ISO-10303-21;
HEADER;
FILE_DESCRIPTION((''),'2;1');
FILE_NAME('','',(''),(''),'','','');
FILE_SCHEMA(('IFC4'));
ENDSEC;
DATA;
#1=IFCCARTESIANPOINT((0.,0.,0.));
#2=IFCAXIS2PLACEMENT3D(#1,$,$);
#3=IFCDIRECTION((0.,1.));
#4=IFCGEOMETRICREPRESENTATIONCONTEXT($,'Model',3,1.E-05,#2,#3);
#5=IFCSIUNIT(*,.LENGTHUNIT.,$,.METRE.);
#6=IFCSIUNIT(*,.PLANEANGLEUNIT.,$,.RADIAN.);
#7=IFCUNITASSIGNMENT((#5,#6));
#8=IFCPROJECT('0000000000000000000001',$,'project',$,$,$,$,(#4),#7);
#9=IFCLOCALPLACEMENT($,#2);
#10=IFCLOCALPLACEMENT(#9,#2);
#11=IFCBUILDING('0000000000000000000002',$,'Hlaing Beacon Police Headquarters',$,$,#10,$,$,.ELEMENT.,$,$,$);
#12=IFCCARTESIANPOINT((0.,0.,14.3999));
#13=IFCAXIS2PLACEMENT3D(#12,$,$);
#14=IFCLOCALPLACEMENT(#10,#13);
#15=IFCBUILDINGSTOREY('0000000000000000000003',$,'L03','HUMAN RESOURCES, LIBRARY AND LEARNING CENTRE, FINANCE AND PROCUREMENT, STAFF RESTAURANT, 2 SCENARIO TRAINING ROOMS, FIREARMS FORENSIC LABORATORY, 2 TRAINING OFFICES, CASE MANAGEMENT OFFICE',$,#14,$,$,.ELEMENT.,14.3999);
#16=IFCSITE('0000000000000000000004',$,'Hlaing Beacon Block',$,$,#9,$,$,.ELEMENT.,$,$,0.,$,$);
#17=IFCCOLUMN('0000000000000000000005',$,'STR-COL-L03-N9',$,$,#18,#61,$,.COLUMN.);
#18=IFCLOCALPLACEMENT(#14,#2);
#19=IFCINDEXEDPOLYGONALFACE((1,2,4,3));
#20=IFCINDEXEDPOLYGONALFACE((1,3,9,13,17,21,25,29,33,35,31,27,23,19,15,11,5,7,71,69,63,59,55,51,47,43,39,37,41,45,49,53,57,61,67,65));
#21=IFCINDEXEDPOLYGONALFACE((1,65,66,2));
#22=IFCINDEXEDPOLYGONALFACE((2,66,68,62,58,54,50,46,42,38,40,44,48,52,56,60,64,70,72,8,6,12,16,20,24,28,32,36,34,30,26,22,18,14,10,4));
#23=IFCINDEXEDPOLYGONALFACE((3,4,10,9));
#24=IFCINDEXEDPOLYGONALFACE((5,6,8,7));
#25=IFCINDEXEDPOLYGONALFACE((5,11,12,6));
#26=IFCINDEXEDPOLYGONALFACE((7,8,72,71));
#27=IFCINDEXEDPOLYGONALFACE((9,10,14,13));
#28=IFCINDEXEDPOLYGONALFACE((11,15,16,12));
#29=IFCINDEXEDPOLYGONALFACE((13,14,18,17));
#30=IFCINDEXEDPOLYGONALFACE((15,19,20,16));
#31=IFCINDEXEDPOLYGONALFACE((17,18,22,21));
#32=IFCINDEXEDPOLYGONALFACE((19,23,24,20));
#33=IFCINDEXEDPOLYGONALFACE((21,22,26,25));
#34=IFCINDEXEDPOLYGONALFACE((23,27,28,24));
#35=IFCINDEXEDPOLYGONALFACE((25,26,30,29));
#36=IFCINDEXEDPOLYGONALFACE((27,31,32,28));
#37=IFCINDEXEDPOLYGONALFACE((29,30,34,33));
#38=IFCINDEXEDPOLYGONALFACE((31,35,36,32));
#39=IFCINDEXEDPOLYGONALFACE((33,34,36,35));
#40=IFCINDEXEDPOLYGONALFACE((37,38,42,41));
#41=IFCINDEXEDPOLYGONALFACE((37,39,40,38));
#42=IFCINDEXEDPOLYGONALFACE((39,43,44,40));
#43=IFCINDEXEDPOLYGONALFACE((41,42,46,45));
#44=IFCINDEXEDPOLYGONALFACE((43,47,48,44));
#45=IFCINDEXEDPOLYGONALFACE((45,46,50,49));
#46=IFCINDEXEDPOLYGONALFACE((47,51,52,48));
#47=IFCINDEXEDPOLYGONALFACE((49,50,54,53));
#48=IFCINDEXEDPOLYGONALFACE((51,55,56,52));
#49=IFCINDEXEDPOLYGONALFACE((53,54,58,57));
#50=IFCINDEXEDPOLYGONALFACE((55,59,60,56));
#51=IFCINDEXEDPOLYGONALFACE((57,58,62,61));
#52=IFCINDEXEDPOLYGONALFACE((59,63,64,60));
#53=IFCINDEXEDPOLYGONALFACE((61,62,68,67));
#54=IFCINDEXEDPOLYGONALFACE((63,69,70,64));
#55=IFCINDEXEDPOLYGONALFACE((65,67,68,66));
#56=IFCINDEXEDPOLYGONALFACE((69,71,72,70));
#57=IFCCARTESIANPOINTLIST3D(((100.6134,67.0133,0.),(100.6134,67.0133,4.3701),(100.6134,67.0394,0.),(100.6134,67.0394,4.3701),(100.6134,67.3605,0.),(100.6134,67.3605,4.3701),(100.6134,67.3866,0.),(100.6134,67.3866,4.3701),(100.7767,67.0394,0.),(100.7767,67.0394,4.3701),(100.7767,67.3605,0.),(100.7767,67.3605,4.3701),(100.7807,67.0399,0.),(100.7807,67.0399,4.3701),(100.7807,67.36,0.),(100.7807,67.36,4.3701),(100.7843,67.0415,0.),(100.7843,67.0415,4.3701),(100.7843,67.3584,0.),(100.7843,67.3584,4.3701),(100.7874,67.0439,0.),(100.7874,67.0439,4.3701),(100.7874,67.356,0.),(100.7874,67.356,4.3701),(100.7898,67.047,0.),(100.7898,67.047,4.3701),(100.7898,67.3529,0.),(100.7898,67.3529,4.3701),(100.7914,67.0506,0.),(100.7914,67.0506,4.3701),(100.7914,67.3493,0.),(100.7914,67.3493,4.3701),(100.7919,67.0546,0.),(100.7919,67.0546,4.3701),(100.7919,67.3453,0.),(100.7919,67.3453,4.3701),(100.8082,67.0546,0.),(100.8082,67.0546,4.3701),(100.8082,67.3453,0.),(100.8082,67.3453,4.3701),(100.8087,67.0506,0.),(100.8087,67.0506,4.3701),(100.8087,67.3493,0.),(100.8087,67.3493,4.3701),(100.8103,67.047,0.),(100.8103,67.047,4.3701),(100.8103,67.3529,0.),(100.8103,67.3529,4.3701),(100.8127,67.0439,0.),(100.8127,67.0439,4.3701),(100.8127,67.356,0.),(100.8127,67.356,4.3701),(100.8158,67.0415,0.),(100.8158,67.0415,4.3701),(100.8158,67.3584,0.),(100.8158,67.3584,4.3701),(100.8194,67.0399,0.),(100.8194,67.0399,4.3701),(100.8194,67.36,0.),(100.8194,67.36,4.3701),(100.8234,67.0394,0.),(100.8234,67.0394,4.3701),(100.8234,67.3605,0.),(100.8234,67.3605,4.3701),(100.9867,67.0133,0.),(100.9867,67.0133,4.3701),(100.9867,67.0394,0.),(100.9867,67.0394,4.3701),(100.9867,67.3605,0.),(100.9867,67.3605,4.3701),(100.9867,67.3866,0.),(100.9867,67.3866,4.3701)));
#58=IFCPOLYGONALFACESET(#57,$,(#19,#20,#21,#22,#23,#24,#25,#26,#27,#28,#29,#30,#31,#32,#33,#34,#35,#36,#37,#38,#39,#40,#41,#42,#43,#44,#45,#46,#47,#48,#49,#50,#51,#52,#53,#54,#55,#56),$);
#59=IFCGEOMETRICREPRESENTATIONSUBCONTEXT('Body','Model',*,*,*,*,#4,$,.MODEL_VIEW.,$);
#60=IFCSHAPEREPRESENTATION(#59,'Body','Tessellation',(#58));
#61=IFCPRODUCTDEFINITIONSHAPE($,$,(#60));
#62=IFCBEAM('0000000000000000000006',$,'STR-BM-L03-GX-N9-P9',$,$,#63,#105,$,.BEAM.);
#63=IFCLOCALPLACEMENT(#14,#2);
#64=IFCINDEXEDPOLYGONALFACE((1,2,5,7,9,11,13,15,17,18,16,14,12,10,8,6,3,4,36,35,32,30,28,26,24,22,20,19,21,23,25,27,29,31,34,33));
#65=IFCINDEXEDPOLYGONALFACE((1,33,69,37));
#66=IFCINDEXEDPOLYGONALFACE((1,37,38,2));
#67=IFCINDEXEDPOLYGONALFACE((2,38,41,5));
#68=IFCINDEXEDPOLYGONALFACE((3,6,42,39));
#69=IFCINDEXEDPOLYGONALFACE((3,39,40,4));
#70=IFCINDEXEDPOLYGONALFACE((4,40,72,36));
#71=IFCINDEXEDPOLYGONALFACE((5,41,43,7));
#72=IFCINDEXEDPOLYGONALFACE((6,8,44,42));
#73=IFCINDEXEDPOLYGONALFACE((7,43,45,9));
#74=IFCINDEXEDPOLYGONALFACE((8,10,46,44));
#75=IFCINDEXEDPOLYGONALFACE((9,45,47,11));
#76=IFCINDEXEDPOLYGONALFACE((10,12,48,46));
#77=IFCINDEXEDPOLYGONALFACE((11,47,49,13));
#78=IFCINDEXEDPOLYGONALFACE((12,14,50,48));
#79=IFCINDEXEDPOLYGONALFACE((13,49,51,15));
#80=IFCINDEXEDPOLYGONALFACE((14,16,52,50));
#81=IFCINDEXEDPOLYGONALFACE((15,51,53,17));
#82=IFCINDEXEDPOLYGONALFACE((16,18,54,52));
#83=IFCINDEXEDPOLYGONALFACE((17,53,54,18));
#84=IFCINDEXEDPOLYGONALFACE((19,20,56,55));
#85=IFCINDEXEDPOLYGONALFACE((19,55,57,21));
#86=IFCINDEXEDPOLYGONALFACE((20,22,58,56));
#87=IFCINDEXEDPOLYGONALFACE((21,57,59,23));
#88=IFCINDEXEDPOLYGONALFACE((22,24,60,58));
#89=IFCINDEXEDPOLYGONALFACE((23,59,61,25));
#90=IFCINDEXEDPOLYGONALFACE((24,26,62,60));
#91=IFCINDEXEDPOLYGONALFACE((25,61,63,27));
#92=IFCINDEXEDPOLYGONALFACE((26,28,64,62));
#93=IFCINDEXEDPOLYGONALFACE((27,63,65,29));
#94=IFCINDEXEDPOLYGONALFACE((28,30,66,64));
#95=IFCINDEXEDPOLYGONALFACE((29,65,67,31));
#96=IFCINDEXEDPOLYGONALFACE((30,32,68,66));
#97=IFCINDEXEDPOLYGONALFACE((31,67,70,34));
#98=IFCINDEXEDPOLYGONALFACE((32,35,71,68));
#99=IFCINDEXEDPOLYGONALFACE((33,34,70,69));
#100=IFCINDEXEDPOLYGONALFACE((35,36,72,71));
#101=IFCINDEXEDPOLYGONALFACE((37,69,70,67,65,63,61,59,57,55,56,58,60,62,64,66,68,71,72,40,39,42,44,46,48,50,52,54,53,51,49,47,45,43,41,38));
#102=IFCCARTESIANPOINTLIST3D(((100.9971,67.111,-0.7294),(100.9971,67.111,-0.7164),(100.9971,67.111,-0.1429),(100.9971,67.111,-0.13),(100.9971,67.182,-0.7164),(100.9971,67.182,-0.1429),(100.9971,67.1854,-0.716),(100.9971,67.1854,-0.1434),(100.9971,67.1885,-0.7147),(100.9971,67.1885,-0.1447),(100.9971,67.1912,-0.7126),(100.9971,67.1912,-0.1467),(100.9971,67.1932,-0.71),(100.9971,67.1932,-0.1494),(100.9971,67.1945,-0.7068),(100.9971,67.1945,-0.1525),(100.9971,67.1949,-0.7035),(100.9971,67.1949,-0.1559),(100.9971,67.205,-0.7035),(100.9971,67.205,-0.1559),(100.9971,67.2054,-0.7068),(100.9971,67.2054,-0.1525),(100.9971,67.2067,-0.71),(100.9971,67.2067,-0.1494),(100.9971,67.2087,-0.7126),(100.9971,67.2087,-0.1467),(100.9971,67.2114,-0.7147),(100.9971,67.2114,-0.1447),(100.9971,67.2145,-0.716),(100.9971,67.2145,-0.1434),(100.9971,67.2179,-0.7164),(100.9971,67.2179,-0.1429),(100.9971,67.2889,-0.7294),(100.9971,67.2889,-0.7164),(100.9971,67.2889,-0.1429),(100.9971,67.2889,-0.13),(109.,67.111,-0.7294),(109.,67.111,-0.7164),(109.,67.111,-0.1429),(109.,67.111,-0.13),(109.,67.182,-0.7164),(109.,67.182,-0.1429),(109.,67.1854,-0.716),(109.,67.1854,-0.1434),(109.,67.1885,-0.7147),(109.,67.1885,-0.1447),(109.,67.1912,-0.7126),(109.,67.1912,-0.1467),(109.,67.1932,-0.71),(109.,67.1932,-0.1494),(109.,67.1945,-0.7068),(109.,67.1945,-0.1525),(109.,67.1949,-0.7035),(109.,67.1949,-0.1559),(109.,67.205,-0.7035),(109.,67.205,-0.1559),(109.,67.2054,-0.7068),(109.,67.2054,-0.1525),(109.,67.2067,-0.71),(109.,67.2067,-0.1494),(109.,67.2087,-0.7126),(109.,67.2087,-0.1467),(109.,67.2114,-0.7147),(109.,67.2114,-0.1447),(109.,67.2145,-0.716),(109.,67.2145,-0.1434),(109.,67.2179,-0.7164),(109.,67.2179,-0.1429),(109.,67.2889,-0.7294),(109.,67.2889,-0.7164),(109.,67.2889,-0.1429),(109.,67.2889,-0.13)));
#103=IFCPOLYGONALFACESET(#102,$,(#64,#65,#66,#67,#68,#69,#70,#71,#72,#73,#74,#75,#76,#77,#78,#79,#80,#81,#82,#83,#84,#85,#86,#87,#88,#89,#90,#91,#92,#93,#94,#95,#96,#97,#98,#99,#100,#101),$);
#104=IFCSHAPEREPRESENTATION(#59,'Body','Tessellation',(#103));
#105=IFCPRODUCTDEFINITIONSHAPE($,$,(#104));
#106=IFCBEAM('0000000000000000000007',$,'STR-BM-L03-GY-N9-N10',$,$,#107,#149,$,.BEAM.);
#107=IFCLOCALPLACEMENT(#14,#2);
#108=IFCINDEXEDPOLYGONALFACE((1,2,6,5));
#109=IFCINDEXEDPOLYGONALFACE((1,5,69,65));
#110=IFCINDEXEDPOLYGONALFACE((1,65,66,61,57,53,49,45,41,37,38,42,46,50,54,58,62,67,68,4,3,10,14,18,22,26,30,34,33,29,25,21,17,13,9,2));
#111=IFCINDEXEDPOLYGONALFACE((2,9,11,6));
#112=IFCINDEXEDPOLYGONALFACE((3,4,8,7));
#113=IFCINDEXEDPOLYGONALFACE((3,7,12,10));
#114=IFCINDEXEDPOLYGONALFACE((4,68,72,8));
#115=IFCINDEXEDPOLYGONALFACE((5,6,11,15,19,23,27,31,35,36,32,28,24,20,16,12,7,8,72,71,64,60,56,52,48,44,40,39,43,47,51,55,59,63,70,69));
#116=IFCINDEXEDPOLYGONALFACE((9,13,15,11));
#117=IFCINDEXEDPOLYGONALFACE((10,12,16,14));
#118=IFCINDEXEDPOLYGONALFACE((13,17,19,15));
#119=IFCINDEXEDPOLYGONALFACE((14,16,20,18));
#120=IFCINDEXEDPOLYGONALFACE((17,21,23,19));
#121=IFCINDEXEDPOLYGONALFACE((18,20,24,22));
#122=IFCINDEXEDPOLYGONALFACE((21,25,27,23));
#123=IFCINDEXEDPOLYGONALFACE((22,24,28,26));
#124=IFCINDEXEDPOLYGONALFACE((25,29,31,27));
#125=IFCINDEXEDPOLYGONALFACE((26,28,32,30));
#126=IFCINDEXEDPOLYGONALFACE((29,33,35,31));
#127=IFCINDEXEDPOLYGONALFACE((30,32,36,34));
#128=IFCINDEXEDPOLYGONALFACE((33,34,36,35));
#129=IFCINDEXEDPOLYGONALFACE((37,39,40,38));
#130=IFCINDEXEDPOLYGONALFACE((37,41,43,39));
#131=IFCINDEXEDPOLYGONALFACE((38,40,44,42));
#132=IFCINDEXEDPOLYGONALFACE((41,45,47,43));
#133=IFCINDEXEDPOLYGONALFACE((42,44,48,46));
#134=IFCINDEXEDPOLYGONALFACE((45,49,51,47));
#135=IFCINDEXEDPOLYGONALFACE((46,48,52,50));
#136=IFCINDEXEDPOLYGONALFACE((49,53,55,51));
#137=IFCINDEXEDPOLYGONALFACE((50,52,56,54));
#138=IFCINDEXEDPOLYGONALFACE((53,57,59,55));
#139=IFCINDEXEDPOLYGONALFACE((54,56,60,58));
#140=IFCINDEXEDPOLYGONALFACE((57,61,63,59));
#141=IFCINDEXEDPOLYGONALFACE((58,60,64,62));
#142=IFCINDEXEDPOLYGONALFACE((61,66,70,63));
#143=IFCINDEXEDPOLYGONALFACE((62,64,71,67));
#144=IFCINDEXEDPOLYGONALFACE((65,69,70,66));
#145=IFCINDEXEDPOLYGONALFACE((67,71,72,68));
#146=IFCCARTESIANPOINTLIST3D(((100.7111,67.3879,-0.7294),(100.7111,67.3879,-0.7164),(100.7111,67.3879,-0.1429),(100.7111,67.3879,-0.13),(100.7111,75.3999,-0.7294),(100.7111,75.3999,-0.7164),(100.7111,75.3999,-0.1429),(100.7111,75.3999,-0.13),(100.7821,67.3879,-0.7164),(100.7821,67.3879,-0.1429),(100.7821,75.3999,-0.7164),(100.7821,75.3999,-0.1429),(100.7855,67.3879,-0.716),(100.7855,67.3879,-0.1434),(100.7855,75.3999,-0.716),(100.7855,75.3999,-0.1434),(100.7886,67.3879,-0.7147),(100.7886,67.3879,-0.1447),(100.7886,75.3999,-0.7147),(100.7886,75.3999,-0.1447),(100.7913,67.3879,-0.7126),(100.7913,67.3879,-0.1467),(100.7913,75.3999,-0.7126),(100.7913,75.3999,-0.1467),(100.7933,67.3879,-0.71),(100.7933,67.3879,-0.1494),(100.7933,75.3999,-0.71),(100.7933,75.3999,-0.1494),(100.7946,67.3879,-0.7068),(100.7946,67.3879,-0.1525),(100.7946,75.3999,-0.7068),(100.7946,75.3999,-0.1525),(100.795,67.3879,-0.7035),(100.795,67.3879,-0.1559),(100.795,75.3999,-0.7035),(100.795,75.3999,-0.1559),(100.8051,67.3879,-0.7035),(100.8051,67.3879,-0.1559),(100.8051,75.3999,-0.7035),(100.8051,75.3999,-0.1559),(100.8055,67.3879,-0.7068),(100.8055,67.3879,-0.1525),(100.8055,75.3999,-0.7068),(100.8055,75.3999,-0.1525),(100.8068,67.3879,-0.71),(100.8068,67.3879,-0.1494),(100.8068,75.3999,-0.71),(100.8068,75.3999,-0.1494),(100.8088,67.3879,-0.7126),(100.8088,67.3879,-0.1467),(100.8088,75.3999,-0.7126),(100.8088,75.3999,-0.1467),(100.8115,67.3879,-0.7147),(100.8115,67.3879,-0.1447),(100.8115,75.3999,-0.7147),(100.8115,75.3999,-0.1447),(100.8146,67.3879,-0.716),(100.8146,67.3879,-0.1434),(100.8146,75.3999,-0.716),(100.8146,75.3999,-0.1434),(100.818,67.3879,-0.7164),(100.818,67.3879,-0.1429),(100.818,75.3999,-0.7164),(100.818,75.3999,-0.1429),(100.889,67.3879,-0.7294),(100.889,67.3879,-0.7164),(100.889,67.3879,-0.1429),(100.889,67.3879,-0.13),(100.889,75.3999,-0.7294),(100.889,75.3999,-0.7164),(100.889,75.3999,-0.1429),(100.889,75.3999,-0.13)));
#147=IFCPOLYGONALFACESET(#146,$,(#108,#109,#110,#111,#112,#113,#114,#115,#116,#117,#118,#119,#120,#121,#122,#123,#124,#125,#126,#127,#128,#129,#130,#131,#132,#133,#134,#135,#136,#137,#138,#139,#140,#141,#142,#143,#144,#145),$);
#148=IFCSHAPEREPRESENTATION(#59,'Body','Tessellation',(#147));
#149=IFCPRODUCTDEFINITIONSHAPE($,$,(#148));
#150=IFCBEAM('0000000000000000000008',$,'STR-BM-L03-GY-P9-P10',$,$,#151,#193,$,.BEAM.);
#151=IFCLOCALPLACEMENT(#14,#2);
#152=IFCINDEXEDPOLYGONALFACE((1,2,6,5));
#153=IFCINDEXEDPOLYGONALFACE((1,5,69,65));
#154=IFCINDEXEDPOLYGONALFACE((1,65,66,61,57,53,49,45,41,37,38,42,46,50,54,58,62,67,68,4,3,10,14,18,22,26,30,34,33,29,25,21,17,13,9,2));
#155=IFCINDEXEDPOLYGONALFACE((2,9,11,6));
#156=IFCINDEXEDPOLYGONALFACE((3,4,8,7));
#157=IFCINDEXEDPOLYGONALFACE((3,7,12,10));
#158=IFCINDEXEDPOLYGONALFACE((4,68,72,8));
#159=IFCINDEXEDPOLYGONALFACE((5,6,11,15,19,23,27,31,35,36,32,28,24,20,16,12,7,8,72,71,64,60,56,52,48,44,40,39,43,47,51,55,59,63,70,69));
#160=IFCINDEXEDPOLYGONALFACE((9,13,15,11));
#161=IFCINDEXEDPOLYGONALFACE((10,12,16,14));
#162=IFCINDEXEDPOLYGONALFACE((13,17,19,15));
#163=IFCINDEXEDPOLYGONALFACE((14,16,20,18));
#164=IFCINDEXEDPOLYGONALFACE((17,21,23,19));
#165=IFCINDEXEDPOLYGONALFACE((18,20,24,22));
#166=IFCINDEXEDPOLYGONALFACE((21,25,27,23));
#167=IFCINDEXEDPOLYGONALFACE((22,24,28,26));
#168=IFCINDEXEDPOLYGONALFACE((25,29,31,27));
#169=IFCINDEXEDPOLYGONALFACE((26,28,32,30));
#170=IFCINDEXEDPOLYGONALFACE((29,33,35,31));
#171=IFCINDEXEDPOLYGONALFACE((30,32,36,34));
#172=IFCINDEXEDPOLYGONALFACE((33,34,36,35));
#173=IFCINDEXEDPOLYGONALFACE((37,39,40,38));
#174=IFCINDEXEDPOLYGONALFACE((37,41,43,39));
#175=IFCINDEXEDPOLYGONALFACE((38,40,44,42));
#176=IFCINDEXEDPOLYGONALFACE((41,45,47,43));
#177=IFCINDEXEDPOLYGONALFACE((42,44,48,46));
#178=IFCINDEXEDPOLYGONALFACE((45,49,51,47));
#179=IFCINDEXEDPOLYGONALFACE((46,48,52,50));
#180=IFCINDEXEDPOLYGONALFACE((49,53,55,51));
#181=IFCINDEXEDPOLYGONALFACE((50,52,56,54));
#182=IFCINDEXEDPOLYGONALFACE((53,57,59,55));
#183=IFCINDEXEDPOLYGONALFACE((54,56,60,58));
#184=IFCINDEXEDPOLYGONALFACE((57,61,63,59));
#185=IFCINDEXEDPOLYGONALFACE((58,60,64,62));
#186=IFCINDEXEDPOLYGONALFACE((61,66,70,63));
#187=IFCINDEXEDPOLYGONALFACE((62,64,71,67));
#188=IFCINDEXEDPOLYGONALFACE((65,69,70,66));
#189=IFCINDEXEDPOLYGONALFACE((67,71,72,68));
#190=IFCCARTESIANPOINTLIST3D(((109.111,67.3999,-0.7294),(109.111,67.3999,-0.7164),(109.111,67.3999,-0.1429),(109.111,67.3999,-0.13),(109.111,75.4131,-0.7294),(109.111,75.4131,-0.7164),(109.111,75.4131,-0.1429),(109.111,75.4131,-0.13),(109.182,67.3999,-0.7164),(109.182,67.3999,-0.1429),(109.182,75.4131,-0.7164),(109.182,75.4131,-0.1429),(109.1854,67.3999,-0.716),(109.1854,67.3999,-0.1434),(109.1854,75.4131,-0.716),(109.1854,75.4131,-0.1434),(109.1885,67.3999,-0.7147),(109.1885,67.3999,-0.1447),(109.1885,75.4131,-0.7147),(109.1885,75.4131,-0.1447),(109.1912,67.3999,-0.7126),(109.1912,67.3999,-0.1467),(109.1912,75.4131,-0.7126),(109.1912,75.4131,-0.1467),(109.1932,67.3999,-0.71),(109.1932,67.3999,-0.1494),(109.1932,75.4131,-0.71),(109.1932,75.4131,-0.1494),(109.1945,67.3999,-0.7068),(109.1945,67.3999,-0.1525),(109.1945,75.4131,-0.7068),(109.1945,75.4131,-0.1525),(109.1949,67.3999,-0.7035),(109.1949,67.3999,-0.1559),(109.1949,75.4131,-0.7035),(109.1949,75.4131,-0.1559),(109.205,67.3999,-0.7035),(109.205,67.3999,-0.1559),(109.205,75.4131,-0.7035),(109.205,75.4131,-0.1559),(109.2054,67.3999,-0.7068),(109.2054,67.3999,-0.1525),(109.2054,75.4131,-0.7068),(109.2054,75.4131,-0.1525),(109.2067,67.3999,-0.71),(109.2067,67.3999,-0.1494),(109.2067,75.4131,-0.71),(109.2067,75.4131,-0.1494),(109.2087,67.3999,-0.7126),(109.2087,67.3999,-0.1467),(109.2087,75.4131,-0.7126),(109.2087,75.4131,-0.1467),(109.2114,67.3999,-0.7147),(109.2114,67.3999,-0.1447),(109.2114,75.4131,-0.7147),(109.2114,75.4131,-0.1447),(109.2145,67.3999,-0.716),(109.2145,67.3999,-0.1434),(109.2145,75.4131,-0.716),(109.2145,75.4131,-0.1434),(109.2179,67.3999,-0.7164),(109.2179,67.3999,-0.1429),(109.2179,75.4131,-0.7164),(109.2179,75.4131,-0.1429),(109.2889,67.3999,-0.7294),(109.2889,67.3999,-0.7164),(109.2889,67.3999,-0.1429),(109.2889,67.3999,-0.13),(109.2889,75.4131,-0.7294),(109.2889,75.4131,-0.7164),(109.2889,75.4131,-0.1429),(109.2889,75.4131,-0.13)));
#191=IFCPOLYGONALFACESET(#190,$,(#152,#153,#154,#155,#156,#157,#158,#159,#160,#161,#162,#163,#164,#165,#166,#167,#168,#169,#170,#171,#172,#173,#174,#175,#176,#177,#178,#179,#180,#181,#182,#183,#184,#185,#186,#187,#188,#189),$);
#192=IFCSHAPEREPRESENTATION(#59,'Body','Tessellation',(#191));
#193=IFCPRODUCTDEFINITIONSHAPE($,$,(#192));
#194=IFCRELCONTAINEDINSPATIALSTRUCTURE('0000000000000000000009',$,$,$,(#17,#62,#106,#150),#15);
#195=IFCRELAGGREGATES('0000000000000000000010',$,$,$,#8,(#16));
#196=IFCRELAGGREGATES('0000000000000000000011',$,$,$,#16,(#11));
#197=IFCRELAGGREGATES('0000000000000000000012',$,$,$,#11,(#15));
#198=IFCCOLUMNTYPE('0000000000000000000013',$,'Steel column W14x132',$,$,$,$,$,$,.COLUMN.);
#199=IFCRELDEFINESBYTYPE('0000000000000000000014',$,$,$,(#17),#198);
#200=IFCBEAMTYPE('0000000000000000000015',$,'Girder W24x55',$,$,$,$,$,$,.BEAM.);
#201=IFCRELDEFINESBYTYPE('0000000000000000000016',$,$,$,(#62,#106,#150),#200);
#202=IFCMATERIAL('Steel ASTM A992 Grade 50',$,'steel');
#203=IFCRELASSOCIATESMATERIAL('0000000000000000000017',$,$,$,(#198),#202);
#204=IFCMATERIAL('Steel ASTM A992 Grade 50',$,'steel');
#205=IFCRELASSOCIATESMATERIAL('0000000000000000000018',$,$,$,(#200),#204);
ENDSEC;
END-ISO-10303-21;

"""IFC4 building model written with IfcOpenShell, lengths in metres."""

from ifc_helpers import new_model, si_unit, direction, frame, origin, origin_2d, place, context, subcontext, project, spatial, i_section, extrude, material, material_profile, profile_set, type_object, element, save


model = new_model("IFC4")

# Units and contexts
model_context = context("Model", 3, precision=1e-05, world=origin(), true_north=direction((0.0, 1.0)))
body_context = subcontext(model_context, "Body", "Model", "MODEL_VIEW")
ifc_project = project(units=[si_unit("LENGTHUNIT", "METRE"), si_unit("PLANEANGLEUNIT", "RADIAN")], contexts=[model_context])

# Site, building, storey
site_placement = place(None, origin())
site = spatial("IfcSite", under=ifc_project, at=site_placement, Name="Hlaing Beacon Block", CompositionType="ELEMENT", RefElevation=0.0)
building_placement = place(site_placement, origin())
building = spatial("IfcBuilding", under=site, at=building_placement, Name="Hlaing Beacon Police Headquarters", CompositionType="ELEMENT")
storey_placement = place(building_placement, frame((0.0, 0.0, 14.3999)))
storey = spatial("IfcBuildingStorey", under=building, at=storey_placement, Name="L03", Description="HUMAN RESOURCES, LIBRARY AND LEARNING CENTRE, FINANCE AND PROCUREMENT, STAFF RESTAURANT, 2 SCENARIO TRAINING ROOMS, FIREARMS FORENSIC LABORATORY, 2 TRAINING OFFICES, CASE MANAGEMENT OFFICE", CompositionType="ELEMENT", Elevation=14.3999)

# Column
ifc_material_1 = material(Name="Steel ASTM A992 Grade 50", Category="steel")
ifc_material_profile_1 = material_profile(ifc_material_1, i_section(OverallWidth=0.3733, OverallDepth=0.3733, WebThickness=0.0164, FlangeThickness=0.0261, FilletRadius=0.0151, at=origin_2d()), Name="W14x132")
ifc_profile_set_1 = profile_set([ifc_material_profile_1], Name="Steel ASTM A992 Grade 50")
column_type = type_object("IfcColumnType", Name="Steel column W14x132", PredefinedType="COLUMN", material=ifc_profile_set_1)
column_placement = place(storey_placement, frame((100.8, 67.2, 0.0), z_axis=(0.0, 0.0, 1.0), x_axis=(1.0, 0.0, 0.0)))
element("IfcColumn", 1, at=column_placement, inside=storey, type_object=column_type, Name="STR-COL-L03-N9", PredefinedType="COLUMN", context=body_context, shape_type="SweptSolid", body=[
    extrude(i_section(OverallWidth=0.3733, OverallDepth=0.3733, WebThickness=0.0164, FlangeThickness=0.0261, FilletRadius=0.0151, at=origin_2d()), origin(), (0.0, 0.0, 1.0), 4.3701),
])

# Beams
ifc_material_2 = material(Name="Steel ASTM A992 Grade 50", Category="steel")
ifc_material_profile_2 = material_profile(ifc_material_2, i_section(OverallWidth=0.178, OverallDepth=0.5994, WebThickness=0.01, FlangeThickness=0.0129, FilletRadius=0.0129, at=origin_2d()), Name="W24x55")
ifc_profile_set_2 = profile_set([ifc_material_profile_2], Name="Steel ASTM A992 Grade 50")
beam_type_1 = type_object("IfcBeamType", Name="Girder W24x55", PredefinedType="BEAM", material=ifc_profile_set_2)
beam_1_placement = place(storey_placement, frame((100.9971, 67.2, -0.4297), z_axis=(1.0, 0.0, 0.0), x_axis=(0.0, 1.0, 0.0)))
element("IfcBeam", 2, at=beam_1_placement, inside=storey, type_object=beam_type_1, Name="STR-BM-L03-GX-N9-P9", PredefinedType="BEAM", context=body_context, shape_type="SweptSolid", body=[
    extrude(i_section(OverallWidth=0.178, OverallDepth=0.5994, WebThickness=0.01, FlangeThickness=0.0129, FilletRadius=0.0129, at=origin_2d()), origin(), (0.0, 0.0, 1.0), 8.0029),
])
beam_2_placement = place(storey_placement, frame((100.8, 67.3879, -0.4297), z_axis=(0.0, 1.0, 0.0), x_axis=(-1.0, 0.0, 0.0)))
element("IfcBeam", 3, at=beam_2_placement, inside=storey, type_object=beam_type_1, Name="STR-BM-L03-GY-N9-N10", PredefinedType="BEAM", context=body_context, shape_type="SweptSolid", body=[
    extrude(i_section(OverallWidth=0.178, OverallDepth=0.5994, WebThickness=0.01, FlangeThickness=0.0129, FilletRadius=0.0129, at=origin_2d()), origin(), (0.0, 0.0, 1.0), 8.012),
])
beam_3_placement = place(storey_placement, frame((109.2, 67.3999, -0.4297), z_axis=(0.0, 1.0, 0.0), x_axis=(-1.0, 0.0, 0.0)))
element("IfcBeam", 4, at=beam_3_placement, inside=storey, type_object=beam_type_1, Name="STR-BM-L03-GY-P9-P10", PredefinedType="BEAM", context=body_context, shape_type="SweptSolid", body=[
    extrude(i_section(OverallWidth=0.178, OverallDepth=0.5994, WebThickness=0.01, FlangeThickness=0.0129, FilletRadius=0.0129, at=origin_2d()), origin(), (0.0, 0.0, 1.0), 8.0132),
])

save(model, "model.ifc")
